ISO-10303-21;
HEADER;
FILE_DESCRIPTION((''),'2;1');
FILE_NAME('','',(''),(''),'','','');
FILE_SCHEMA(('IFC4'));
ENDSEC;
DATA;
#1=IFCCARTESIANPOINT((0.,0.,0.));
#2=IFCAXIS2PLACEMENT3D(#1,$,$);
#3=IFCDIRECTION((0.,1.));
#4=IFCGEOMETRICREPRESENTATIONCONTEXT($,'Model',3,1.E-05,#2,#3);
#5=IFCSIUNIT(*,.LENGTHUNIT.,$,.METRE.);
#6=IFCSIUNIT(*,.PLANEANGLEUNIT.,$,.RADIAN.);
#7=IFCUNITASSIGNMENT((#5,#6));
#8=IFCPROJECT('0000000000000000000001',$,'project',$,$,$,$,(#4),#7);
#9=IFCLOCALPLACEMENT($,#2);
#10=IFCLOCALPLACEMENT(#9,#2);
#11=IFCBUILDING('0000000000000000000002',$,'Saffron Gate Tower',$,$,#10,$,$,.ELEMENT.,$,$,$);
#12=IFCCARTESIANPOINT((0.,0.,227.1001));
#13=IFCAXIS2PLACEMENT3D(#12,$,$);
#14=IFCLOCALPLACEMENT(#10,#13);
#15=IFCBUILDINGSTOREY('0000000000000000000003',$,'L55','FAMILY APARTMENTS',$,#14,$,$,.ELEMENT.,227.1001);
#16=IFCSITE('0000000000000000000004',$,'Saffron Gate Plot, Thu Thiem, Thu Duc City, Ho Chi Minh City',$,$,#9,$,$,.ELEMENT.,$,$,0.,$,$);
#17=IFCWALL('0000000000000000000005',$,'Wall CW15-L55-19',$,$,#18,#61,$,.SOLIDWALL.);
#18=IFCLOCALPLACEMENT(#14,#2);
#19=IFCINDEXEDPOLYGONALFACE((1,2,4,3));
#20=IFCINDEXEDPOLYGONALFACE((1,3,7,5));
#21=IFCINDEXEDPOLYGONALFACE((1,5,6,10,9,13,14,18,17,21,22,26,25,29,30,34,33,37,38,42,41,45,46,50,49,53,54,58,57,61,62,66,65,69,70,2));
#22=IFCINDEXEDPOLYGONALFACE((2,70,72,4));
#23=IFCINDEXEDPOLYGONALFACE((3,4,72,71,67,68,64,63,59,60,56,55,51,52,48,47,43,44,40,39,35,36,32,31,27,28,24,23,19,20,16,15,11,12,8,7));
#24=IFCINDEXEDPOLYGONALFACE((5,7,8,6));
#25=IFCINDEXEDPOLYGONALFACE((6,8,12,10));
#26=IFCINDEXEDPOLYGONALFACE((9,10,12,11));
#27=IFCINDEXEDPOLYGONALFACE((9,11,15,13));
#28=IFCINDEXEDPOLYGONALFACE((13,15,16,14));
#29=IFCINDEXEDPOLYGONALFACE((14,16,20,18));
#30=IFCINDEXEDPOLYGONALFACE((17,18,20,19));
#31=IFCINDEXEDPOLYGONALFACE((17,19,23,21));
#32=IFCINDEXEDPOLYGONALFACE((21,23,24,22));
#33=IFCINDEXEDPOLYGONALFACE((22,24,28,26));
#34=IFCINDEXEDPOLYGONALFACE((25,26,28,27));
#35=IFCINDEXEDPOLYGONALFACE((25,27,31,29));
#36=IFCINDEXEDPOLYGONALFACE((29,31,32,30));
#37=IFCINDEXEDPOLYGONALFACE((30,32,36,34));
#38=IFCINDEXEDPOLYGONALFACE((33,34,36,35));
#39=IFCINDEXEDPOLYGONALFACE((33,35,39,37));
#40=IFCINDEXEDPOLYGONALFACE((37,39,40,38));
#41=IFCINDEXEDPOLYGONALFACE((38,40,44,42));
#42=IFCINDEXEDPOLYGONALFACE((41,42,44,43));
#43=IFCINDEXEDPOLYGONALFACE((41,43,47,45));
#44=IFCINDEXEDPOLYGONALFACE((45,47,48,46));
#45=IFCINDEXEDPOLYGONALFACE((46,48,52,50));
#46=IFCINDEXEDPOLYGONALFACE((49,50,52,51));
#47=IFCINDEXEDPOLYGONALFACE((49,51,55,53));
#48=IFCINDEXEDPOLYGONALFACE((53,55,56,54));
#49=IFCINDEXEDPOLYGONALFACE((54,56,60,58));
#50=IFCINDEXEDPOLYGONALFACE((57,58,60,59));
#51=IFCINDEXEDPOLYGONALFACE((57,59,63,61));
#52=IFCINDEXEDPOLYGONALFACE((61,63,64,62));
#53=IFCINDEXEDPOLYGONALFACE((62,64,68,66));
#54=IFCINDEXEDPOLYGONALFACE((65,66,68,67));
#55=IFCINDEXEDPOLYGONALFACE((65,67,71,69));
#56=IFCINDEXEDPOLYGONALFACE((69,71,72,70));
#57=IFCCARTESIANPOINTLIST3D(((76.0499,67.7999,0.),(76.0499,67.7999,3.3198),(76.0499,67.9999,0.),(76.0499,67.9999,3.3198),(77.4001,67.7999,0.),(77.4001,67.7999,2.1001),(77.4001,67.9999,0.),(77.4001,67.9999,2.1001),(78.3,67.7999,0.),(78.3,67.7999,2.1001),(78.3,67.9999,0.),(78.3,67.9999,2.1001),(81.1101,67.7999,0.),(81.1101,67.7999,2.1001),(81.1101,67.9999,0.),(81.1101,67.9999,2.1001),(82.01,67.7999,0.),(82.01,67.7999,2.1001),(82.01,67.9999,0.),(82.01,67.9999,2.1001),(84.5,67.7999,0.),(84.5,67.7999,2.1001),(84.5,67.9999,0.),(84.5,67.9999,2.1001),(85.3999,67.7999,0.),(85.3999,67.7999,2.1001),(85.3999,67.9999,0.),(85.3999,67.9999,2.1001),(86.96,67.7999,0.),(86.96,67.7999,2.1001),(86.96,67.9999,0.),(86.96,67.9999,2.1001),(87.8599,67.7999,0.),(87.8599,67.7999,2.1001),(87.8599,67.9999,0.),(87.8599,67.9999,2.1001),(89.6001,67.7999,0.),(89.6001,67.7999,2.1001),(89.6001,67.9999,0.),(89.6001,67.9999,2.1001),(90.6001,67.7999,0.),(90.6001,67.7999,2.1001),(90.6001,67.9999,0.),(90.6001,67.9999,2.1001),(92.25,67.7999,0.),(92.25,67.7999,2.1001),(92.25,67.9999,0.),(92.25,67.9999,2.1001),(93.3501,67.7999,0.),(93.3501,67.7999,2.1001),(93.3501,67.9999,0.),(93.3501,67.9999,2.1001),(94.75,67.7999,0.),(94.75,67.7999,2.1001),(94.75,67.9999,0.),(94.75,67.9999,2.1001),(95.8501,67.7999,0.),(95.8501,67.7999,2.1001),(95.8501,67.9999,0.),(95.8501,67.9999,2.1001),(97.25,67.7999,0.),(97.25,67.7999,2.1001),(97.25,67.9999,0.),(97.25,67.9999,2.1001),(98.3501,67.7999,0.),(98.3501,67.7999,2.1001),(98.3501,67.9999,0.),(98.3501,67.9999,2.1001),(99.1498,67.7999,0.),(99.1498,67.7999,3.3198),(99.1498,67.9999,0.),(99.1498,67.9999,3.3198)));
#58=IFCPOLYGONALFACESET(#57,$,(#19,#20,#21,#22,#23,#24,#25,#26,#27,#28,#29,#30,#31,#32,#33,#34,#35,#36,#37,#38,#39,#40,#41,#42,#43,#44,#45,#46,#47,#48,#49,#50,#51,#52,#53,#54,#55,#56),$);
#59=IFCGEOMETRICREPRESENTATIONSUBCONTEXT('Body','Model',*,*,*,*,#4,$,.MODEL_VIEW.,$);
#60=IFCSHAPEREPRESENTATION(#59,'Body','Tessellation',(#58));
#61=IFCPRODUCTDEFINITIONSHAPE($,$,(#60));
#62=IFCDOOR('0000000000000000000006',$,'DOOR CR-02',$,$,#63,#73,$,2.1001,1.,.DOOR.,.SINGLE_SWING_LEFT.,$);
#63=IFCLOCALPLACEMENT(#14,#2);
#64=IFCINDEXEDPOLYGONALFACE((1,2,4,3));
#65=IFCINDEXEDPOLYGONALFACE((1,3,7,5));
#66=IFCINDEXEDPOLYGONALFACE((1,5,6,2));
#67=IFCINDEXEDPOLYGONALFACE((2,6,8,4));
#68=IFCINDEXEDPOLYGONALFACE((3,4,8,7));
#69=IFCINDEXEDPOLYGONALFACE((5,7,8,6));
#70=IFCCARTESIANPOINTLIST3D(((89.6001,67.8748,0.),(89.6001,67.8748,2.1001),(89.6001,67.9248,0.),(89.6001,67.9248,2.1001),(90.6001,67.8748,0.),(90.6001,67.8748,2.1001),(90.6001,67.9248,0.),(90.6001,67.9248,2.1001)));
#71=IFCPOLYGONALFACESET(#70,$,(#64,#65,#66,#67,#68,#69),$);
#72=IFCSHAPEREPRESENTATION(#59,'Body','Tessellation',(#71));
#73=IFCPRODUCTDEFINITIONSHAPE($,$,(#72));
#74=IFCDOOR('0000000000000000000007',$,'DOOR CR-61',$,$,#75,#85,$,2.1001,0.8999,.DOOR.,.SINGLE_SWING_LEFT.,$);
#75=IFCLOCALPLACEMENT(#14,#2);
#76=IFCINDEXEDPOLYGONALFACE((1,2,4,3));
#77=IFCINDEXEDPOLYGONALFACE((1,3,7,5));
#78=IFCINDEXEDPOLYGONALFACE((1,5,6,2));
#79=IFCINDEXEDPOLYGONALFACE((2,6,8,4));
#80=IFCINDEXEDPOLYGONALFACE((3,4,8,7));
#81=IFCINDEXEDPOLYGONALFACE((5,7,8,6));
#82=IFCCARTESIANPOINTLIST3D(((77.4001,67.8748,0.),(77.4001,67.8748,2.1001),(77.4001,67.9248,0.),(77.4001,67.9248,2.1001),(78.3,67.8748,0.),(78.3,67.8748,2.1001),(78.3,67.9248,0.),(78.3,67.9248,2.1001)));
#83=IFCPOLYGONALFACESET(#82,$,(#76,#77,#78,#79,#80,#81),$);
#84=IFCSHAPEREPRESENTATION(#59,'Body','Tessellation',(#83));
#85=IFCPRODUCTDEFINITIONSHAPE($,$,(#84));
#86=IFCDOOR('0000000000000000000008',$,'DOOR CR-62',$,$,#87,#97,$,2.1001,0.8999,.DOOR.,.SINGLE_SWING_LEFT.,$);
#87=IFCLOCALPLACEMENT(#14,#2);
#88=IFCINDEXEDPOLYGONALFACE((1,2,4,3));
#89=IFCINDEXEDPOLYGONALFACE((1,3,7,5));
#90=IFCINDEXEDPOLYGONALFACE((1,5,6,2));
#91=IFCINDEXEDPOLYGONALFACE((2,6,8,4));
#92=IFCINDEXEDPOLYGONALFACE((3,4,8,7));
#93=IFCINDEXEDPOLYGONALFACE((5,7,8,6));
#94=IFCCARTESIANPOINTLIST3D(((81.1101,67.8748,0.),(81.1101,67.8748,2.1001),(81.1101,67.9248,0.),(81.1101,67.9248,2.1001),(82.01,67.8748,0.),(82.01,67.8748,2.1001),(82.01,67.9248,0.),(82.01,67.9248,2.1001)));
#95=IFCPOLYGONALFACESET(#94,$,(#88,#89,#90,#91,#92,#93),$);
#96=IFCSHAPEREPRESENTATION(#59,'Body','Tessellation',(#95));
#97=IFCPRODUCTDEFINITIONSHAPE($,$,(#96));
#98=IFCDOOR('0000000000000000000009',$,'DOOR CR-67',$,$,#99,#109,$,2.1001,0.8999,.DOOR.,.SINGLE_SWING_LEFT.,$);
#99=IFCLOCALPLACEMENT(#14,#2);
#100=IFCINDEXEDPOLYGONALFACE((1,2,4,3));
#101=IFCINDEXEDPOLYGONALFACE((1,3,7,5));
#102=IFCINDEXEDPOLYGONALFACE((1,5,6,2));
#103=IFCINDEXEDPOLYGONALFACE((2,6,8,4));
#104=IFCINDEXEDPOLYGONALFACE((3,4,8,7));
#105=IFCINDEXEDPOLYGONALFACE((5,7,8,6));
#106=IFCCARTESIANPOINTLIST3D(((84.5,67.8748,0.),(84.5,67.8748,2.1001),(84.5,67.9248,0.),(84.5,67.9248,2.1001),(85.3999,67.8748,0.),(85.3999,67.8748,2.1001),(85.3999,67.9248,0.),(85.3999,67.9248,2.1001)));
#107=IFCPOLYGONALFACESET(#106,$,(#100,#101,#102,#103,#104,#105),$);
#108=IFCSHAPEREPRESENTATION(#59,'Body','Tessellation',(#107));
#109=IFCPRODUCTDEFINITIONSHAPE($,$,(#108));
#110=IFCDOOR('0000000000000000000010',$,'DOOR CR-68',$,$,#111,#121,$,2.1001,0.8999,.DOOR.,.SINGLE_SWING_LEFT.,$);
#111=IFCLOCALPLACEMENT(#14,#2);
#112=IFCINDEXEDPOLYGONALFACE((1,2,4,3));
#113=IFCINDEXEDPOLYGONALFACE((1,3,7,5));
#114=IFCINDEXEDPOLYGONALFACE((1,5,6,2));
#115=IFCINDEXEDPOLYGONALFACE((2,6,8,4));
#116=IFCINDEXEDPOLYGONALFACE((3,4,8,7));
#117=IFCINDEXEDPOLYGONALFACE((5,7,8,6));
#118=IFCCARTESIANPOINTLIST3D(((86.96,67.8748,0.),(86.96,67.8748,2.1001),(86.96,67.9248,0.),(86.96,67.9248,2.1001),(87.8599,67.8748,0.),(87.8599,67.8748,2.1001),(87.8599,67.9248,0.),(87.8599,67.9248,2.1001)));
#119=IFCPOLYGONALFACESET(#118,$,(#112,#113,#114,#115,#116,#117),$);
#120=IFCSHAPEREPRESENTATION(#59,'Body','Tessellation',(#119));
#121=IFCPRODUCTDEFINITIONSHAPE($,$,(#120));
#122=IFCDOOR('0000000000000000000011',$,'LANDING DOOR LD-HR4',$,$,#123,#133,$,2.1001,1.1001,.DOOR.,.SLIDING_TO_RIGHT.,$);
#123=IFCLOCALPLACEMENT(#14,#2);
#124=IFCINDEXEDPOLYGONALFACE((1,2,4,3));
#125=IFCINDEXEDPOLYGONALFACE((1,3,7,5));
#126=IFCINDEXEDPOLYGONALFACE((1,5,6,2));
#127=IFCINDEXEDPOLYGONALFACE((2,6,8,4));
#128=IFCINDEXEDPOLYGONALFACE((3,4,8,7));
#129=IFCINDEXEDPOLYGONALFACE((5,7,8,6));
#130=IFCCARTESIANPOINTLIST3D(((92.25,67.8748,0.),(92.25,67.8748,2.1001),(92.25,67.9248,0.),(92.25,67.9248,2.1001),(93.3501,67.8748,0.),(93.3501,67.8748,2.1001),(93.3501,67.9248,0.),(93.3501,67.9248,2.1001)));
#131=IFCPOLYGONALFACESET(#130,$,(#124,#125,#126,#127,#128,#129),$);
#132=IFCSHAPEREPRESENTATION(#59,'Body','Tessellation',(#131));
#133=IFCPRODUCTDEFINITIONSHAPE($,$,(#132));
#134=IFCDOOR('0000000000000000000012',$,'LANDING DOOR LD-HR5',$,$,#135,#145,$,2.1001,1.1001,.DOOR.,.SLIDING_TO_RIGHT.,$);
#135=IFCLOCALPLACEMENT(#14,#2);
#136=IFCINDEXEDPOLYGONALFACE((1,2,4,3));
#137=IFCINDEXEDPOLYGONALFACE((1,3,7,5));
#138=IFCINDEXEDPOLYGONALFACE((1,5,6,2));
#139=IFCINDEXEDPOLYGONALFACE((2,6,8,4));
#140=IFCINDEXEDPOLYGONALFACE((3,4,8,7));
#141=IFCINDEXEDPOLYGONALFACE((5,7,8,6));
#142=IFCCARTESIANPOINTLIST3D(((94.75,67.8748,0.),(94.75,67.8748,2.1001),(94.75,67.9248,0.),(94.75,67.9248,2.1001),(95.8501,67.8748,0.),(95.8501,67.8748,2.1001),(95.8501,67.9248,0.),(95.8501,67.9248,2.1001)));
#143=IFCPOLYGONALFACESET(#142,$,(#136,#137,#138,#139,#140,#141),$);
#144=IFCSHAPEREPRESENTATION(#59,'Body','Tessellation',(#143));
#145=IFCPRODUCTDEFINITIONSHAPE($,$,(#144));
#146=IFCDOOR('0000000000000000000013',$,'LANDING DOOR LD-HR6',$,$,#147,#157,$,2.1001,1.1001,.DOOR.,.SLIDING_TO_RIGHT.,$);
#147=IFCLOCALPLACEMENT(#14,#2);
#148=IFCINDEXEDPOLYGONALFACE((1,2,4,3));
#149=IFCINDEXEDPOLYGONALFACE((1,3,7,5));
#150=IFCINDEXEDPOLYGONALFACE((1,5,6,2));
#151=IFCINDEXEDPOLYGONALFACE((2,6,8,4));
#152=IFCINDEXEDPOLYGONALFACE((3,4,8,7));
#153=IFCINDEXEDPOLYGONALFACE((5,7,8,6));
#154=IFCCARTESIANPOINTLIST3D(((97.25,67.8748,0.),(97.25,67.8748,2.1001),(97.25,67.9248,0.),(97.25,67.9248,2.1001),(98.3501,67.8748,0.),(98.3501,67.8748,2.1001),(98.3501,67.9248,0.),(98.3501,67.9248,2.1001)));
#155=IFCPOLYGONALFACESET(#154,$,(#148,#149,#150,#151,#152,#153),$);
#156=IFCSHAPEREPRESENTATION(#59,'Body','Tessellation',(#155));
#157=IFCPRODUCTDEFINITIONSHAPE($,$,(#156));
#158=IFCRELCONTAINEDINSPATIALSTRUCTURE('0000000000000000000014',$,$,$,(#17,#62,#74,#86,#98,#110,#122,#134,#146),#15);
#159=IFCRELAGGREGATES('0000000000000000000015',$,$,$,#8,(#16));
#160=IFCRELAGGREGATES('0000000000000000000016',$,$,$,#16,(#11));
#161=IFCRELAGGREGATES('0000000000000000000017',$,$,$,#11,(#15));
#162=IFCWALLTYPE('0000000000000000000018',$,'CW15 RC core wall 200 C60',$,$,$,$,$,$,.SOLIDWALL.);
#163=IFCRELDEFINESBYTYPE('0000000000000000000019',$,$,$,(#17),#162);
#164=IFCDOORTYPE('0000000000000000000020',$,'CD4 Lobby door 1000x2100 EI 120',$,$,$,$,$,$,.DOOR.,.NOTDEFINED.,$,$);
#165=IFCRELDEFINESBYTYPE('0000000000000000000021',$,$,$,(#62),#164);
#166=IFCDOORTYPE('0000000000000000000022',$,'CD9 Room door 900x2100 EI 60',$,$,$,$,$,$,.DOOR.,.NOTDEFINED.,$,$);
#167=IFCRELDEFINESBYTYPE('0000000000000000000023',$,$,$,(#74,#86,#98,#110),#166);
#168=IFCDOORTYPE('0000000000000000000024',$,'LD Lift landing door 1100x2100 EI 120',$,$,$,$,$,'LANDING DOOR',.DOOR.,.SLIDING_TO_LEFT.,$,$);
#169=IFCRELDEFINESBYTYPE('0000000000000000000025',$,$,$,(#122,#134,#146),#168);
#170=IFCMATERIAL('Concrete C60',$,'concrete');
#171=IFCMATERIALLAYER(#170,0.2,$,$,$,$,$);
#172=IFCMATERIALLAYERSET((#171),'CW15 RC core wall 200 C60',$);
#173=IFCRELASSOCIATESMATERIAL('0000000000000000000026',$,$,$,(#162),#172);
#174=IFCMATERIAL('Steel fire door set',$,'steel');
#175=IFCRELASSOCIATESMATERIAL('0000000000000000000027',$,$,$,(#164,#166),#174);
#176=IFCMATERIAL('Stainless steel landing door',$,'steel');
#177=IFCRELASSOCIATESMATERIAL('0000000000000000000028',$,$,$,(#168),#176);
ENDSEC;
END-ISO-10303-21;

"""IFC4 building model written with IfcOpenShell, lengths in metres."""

from ifc_helpers import new_model, si_unit, direction, frame, frame_2d, origin, place, context, subcontext, project, spatial, rectangle, extrude, material, layer, layer_set, type_object, element, fill, save


model = new_model("IFC4")

# Units and contexts
model_context = context("Model", 3, precision=1e-05, world=origin(), true_north=direction((0.0, 1.0)))
body_context = subcontext(model_context, "Body", "Model", "MODEL_VIEW")
ifc_project = project(units=[si_unit("LENGTHUNIT", "METRE"), si_unit("PLANEANGLEUNIT", "RADIAN")], contexts=[model_context])

# Site, building, storey
site_placement = place(None, origin())
site = spatial("IfcSite", under=ifc_project, at=site_placement, Name="Saffron Gate Plot, Thu Thiem, Thu Duc City, Ho Chi Minh City", CompositionType="ELEMENT", RefElevation=0.0)
building_placement = place(site_placement, origin())
building = spatial("IfcBuilding", under=site, at=building_placement, Name="Saffron Gate Tower", CompositionType="ELEMENT")
storey_placement = place(building_placement, frame((0.0, 0.0, 227.1001)))
storey = spatial("IfcBuildingStorey", under=building, at=storey_placement, Name="L55", Description="FAMILY APARTMENTS", CompositionType="ELEMENT", Elevation=227.1001)

# Shared definitions
ifc_material_1 = material(Name="Concrete C60", Category="concrete")

# Wall, openings, doors
ifc_layer_1 = layer(ifc_material_1, 0.2)
ifc_layer_set_1 = layer_set([ifc_layer_1], Name="CW15 RC core wall 200 C60")
wall_type_1 = type_object("IfcWallType", Name="CW15 RC core wall 200 C60", PredefinedType="SOLIDWALL", material=ifc_layer_set_1)
wall_1_placement = place(storey_placement, frame((76.05, 67.8999, 0.0), z_axis=(0.0, 0.0, 1.0), x_axis=(1.0, 0.0, 0.0)))
wall_1 = element("IfcWall", 1, at=wall_1_placement, inside=storey, type_object=wall_type_1, Name="Wall CW15-L55-19", PredefinedType="SOLIDWALL", context=body_context, shape_type="SweptSolid", body=[
    extrude(rectangle(XDim=23.0999, YDim=0.2, at=frame_2d((11.5498, 0.0))), origin(), (0.0, 0.0, 1.0), 3.3198),
])
opening_1_placement = place(wall_1_placement, frame((1.3501, 0.0, 0.0)))
opening_1 = element("IfcOpeningElement", 2, at=opening_1_placement, cuts=wall_1, PredefinedType="OPENING", context=body_context, shape_type="SweptSolid", body=[
    extrude(rectangle(XDim=0.8999, YDim=2.1001, at=frame_2d((0.45, 1.05))), frame((0.0, 0.1099, 0.0), z_axis=(0.0, -1.0, 0.0), x_axis=(1.0, 0.0, 0.0)), (0.0, 0.0, 1.0), 0.22),
])
opening_2_placement = place(wall_1_placement, frame((5.0601, 0.0, 0.0)))
opening_2 = element("IfcOpeningElement", 3, at=opening_2_placement, cuts=wall_1, PredefinedType="OPENING", context=body_context, shape_type="SweptSolid", body=[
    extrude(rectangle(XDim=0.8999, YDim=2.1001, at=frame_2d((0.45, 1.05))), frame((0.0, 0.1099, 0.0), z_axis=(0.0, -1.0, 0.0), x_axis=(1.0, 0.0, 0.0)), (0.0, 0.0, 1.0), 0.22),
])
opening_3_placement = place(wall_1_placement, frame((8.45, 0.0, 0.0)))
opening_3 = element("IfcOpeningElement", 4, at=opening_3_placement, cuts=wall_1, PredefinedType="OPENING", context=body_context, shape_type="SweptSolid", body=[
    extrude(rectangle(XDim=0.8999, YDim=2.1001, at=frame_2d((0.45, 1.05))), frame((0.0, 0.1099, 0.0), z_axis=(0.0, -1.0, 0.0), x_axis=(1.0, 0.0, 0.0)), (0.0, 0.0, 1.0), 0.22),
])
opening_4_placement = place(wall_1_placement, frame((10.9099, 0.0, 0.0)))
opening_4 = element("IfcOpeningElement", 5, at=opening_4_placement, cuts=wall_1, PredefinedType="OPENING", context=body_context, shape_type="SweptSolid", body=[
    extrude(rectangle(XDim=0.8999, YDim=2.1001, at=frame_2d((0.45, 1.05))), frame((0.0, 0.1099, 0.0), z_axis=(0.0, -1.0, 0.0), x_axis=(1.0, 0.0, 0.0)), (0.0, 0.0, 1.0), 0.22),
])
opening_5_placement = place(wall_1_placement, frame((13.55, 0.0, 0.0)))
opening_5 = element("IfcOpeningElement", 6, at=opening_5_placement, cuts=wall_1, PredefinedType="OPENING", context=body_context, shape_type="SweptSolid", body=[
    extrude(rectangle(XDim=1.0, YDim=2.1001, at=frame_2d((0.5, 1.05))), frame((0.0, 0.1099, 0.0), z_axis=(0.0, -1.0, 0.0), x_axis=(1.0, 0.0, 0.0)), (0.0, 0.0, 1.0), 0.22),
])
opening_6_placement = place(wall_1_placement, frame((16.2, 0.0, 0.0)))
opening_6 = element("IfcOpeningElement", 7, at=opening_6_placement, cuts=wall_1, PredefinedType="OPENING", context=body_context, shape_type="SweptSolid", body=[
    extrude(rectangle(XDim=1.1001, YDim=2.1001, at=frame_2d((0.55, 1.05))), frame((0.0, 0.1099, 0.0), z_axis=(0.0, -1.0, 0.0), x_axis=(1.0, 0.0, 0.0)), (0.0, 0.0, 1.0), 0.22),
])
opening_7_placement = place(wall_1_placement, frame((18.7, 0.0, 0.0)))
opening_7 = element("IfcOpeningElement", 8, at=opening_7_placement, cuts=wall_1, PredefinedType="OPENING", context=body_context, shape_type="SweptSolid", body=[
    extrude(rectangle(XDim=1.1001, YDim=2.1001, at=frame_2d((0.55, 1.05))), frame((0.0, 0.1099, 0.0), z_axis=(0.0, -1.0, 0.0), x_axis=(1.0, 0.0, 0.0)), (0.0, 0.0, 1.0), 0.22),
])
opening_8_placement = place(wall_1_placement, frame((21.2, 0.0, 0.0)))
opening_8 = element("IfcOpeningElement", 9, at=opening_8_placement, cuts=wall_1, PredefinedType="OPENING", context=body_context, shape_type="SweptSolid", body=[
    extrude(rectangle(XDim=1.1001, YDim=2.1001, at=frame_2d((0.55, 1.05))), frame((0.0, 0.1099, 0.0), z_axis=(0.0, -1.0, 0.0), x_axis=(1.0, 0.0, 0.0)), (0.0, 0.0, 1.0), 0.22),
])
ifc_material_2 = material(Name="Steel fire door set", Category="steel")
door_type_1 = type_object("IfcDoorType", Name="CD4 Lobby door 1000x2100 EI 120", OperationType="NOTDEFINED", PredefinedType="DOOR", material=ifc_material_2)
door_1_placement = place(opening_5_placement, origin())
door_1 = element("IfcDoor", 10, at=door_1_placement, inside=storey, type_object=door_type_1, Name="DOOR CR-02", OperationType="SINGLE_SWING_LEFT", OverallHeight=2.1001, OverallWidth=1.0, PredefinedType="DOOR", context=body_context, shape_type="SweptSolid", body=[
    extrude(rectangle(XDim=1.0, YDim=2.1001, at=frame_2d((0.5, 1.05))), frame((0.0, 0.0249, 0.0), z_axis=(0.0, -1.0, 0.0), x_axis=(1.0, 0.0, 0.0)), (0.0, 0.0, 1.0), 0.05),
])
fill(opening_5, door_1)
door_type_2 = type_object("IfcDoorType", Name="CD9 Room door 900x2100 EI 60", OperationType="NOTDEFINED", PredefinedType="DOOR", material=ifc_material_2)
door_2_placement = place(opening_1_placement, origin())
door_2 = element("IfcDoor", 11, at=door_2_placement, inside=storey, type_object=door_type_2, Name="DOOR CR-61", OperationType="SINGLE_SWING_LEFT", OverallHeight=2.1001, OverallWidth=0.8999, PredefinedType="DOOR", context=body_context, shape_type="SweptSolid", body=[
    extrude(rectangle(XDim=0.8999, YDim=2.1001, at=frame_2d((0.45, 1.05))), frame((0.0, 0.0249, 0.0), z_axis=(0.0, -1.0, 0.0), x_axis=(1.0, 0.0, 0.0)), (0.0, 0.0, 1.0), 0.05),
])
fill(opening_1, door_2)
door_3_placement = place(opening_2_placement, origin())
door_3 = element("IfcDoor", 12, at=door_3_placement, inside=storey, type_object=door_type_2, Name="DOOR CR-62", OperationType="SINGLE_SWING_LEFT", OverallHeight=2.1001, OverallWidth=0.8999, PredefinedType="DOOR", context=body_context, shape_type="SweptSolid", body=[
    extrude(rectangle(XDim=0.8999, YDim=2.1001, at=frame_2d((0.45, 1.05))), frame((0.0, 0.0249, 0.0), z_axis=(0.0, -1.0, 0.0), x_axis=(1.0, 0.0, 0.0)), (0.0, 0.0, 1.0), 0.05),
])
fill(opening_2, door_3)
door_4_placement = place(opening_3_placement, origin())
door_4 = element("IfcDoor", 13, at=door_4_placement, inside=storey, type_object=door_type_2, Name="DOOR CR-67", OperationType="SINGLE_SWING_LEFT", OverallHeight=2.1001, OverallWidth=0.8999, PredefinedType="DOOR", context=body_context, shape_type="SweptSolid", body=[
    extrude(rectangle(XDim=0.8999, YDim=2.1001, at=frame_2d((0.45, 1.05))), frame((0.0, 0.0249, 0.0), z_axis=(0.0, -1.0, 0.0), x_axis=(1.0, 0.0, 0.0)), (0.0, 0.0, 1.0), 0.05),
])
fill(opening_3, door_4)
door_5_placement = place(opening_4_placement, origin())
door_5 = element("IfcDoor", 14, at=door_5_placement, inside=storey, type_object=door_type_2, Name="DOOR CR-68", OperationType="SINGLE_SWING_LEFT", OverallHeight=2.1001, OverallWidth=0.8999, PredefinedType="DOOR", context=body_context, shape_type="SweptSolid", body=[
    extrude(rectangle(XDim=0.8999, YDim=2.1001, at=frame_2d((0.45, 1.05))), frame((0.0, 0.0249, 0.0), z_axis=(0.0, -1.0, 0.0), x_axis=(1.0, 0.0, 0.0)), (0.0, 0.0, 1.0), 0.05),
])
fill(opening_4, door_5)
ifc_material_3 = material(Name="Stainless steel landing door", Category="steel")
door_type_3 = type_object("IfcDoorType", Name="LD Lift landing door 1100x2100 EI 120", ElementType="LANDING DOOR", OperationType="SLIDING_TO_LEFT", PredefinedType="DOOR", material=ifc_material_3)
door_6_placement = place(opening_6_placement, origin())
door_6 = element("IfcDoor", 15, at=door_6_placement, inside=storey, type_object=door_type_3, Name="LANDING DOOR LD-HR4", OperationType="SLIDING_TO_RIGHT", OverallHeight=2.1001, OverallWidth=1.1001, PredefinedType="DOOR", context=body_context, shape_type="SweptSolid", body=[
    extrude(rectangle(XDim=1.1001, YDim=2.1001, at=frame_2d((0.55, 1.05))), frame((0.0, 0.0249, 0.0), z_axis=(0.0, -1.0, 0.0), x_axis=(1.0, 0.0, 0.0)), (0.0, 0.0, 1.0), 0.05),
])
fill(opening_6, door_6)
door_7_placement = place(opening_7_placement, origin())
door_7 = element("IfcDoor", 16, at=door_7_placement, inside=storey, type_object=door_type_3, Name="LANDING DOOR LD-HR5", OperationType="SLIDING_TO_RIGHT", OverallHeight=2.1001, OverallWidth=1.1001, PredefinedType="DOOR", context=body_context, shape_type="SweptSolid", body=[
    extrude(rectangle(XDim=1.1001, YDim=2.1001, at=frame_2d((0.55, 1.05))), frame((0.0, 0.0249, 0.0), z_axis=(0.0, -1.0, 0.0), x_axis=(1.0, 0.0, 0.0)), (0.0, 0.0, 1.0), 0.05),
])
fill(opening_7, door_7)
door_8_placement = place(opening_8_placement, origin())
door_8 = element("IfcDoor", 17, at=door_8_placement, inside=storey, type_object=door_type_3, Name="LANDING DOOR LD-HR6", OperationType="SLIDING_TO_RIGHT", OverallHeight=2.1001, OverallWidth=1.1001, PredefinedType="DOOR", context=body_context, shape_type="SweptSolid", body=[
    extrude(rectangle(XDim=1.1001, YDim=2.1001, at=frame_2d((0.55, 1.05))), frame((0.0, 0.0249, 0.0), z_axis=(0.0, -1.0, 0.0), x_axis=(1.0, 0.0, 0.0)), (0.0, 0.0, 1.0), 0.05),
])
fill(opening_8, door_8)

save(model, "model.ifc")
